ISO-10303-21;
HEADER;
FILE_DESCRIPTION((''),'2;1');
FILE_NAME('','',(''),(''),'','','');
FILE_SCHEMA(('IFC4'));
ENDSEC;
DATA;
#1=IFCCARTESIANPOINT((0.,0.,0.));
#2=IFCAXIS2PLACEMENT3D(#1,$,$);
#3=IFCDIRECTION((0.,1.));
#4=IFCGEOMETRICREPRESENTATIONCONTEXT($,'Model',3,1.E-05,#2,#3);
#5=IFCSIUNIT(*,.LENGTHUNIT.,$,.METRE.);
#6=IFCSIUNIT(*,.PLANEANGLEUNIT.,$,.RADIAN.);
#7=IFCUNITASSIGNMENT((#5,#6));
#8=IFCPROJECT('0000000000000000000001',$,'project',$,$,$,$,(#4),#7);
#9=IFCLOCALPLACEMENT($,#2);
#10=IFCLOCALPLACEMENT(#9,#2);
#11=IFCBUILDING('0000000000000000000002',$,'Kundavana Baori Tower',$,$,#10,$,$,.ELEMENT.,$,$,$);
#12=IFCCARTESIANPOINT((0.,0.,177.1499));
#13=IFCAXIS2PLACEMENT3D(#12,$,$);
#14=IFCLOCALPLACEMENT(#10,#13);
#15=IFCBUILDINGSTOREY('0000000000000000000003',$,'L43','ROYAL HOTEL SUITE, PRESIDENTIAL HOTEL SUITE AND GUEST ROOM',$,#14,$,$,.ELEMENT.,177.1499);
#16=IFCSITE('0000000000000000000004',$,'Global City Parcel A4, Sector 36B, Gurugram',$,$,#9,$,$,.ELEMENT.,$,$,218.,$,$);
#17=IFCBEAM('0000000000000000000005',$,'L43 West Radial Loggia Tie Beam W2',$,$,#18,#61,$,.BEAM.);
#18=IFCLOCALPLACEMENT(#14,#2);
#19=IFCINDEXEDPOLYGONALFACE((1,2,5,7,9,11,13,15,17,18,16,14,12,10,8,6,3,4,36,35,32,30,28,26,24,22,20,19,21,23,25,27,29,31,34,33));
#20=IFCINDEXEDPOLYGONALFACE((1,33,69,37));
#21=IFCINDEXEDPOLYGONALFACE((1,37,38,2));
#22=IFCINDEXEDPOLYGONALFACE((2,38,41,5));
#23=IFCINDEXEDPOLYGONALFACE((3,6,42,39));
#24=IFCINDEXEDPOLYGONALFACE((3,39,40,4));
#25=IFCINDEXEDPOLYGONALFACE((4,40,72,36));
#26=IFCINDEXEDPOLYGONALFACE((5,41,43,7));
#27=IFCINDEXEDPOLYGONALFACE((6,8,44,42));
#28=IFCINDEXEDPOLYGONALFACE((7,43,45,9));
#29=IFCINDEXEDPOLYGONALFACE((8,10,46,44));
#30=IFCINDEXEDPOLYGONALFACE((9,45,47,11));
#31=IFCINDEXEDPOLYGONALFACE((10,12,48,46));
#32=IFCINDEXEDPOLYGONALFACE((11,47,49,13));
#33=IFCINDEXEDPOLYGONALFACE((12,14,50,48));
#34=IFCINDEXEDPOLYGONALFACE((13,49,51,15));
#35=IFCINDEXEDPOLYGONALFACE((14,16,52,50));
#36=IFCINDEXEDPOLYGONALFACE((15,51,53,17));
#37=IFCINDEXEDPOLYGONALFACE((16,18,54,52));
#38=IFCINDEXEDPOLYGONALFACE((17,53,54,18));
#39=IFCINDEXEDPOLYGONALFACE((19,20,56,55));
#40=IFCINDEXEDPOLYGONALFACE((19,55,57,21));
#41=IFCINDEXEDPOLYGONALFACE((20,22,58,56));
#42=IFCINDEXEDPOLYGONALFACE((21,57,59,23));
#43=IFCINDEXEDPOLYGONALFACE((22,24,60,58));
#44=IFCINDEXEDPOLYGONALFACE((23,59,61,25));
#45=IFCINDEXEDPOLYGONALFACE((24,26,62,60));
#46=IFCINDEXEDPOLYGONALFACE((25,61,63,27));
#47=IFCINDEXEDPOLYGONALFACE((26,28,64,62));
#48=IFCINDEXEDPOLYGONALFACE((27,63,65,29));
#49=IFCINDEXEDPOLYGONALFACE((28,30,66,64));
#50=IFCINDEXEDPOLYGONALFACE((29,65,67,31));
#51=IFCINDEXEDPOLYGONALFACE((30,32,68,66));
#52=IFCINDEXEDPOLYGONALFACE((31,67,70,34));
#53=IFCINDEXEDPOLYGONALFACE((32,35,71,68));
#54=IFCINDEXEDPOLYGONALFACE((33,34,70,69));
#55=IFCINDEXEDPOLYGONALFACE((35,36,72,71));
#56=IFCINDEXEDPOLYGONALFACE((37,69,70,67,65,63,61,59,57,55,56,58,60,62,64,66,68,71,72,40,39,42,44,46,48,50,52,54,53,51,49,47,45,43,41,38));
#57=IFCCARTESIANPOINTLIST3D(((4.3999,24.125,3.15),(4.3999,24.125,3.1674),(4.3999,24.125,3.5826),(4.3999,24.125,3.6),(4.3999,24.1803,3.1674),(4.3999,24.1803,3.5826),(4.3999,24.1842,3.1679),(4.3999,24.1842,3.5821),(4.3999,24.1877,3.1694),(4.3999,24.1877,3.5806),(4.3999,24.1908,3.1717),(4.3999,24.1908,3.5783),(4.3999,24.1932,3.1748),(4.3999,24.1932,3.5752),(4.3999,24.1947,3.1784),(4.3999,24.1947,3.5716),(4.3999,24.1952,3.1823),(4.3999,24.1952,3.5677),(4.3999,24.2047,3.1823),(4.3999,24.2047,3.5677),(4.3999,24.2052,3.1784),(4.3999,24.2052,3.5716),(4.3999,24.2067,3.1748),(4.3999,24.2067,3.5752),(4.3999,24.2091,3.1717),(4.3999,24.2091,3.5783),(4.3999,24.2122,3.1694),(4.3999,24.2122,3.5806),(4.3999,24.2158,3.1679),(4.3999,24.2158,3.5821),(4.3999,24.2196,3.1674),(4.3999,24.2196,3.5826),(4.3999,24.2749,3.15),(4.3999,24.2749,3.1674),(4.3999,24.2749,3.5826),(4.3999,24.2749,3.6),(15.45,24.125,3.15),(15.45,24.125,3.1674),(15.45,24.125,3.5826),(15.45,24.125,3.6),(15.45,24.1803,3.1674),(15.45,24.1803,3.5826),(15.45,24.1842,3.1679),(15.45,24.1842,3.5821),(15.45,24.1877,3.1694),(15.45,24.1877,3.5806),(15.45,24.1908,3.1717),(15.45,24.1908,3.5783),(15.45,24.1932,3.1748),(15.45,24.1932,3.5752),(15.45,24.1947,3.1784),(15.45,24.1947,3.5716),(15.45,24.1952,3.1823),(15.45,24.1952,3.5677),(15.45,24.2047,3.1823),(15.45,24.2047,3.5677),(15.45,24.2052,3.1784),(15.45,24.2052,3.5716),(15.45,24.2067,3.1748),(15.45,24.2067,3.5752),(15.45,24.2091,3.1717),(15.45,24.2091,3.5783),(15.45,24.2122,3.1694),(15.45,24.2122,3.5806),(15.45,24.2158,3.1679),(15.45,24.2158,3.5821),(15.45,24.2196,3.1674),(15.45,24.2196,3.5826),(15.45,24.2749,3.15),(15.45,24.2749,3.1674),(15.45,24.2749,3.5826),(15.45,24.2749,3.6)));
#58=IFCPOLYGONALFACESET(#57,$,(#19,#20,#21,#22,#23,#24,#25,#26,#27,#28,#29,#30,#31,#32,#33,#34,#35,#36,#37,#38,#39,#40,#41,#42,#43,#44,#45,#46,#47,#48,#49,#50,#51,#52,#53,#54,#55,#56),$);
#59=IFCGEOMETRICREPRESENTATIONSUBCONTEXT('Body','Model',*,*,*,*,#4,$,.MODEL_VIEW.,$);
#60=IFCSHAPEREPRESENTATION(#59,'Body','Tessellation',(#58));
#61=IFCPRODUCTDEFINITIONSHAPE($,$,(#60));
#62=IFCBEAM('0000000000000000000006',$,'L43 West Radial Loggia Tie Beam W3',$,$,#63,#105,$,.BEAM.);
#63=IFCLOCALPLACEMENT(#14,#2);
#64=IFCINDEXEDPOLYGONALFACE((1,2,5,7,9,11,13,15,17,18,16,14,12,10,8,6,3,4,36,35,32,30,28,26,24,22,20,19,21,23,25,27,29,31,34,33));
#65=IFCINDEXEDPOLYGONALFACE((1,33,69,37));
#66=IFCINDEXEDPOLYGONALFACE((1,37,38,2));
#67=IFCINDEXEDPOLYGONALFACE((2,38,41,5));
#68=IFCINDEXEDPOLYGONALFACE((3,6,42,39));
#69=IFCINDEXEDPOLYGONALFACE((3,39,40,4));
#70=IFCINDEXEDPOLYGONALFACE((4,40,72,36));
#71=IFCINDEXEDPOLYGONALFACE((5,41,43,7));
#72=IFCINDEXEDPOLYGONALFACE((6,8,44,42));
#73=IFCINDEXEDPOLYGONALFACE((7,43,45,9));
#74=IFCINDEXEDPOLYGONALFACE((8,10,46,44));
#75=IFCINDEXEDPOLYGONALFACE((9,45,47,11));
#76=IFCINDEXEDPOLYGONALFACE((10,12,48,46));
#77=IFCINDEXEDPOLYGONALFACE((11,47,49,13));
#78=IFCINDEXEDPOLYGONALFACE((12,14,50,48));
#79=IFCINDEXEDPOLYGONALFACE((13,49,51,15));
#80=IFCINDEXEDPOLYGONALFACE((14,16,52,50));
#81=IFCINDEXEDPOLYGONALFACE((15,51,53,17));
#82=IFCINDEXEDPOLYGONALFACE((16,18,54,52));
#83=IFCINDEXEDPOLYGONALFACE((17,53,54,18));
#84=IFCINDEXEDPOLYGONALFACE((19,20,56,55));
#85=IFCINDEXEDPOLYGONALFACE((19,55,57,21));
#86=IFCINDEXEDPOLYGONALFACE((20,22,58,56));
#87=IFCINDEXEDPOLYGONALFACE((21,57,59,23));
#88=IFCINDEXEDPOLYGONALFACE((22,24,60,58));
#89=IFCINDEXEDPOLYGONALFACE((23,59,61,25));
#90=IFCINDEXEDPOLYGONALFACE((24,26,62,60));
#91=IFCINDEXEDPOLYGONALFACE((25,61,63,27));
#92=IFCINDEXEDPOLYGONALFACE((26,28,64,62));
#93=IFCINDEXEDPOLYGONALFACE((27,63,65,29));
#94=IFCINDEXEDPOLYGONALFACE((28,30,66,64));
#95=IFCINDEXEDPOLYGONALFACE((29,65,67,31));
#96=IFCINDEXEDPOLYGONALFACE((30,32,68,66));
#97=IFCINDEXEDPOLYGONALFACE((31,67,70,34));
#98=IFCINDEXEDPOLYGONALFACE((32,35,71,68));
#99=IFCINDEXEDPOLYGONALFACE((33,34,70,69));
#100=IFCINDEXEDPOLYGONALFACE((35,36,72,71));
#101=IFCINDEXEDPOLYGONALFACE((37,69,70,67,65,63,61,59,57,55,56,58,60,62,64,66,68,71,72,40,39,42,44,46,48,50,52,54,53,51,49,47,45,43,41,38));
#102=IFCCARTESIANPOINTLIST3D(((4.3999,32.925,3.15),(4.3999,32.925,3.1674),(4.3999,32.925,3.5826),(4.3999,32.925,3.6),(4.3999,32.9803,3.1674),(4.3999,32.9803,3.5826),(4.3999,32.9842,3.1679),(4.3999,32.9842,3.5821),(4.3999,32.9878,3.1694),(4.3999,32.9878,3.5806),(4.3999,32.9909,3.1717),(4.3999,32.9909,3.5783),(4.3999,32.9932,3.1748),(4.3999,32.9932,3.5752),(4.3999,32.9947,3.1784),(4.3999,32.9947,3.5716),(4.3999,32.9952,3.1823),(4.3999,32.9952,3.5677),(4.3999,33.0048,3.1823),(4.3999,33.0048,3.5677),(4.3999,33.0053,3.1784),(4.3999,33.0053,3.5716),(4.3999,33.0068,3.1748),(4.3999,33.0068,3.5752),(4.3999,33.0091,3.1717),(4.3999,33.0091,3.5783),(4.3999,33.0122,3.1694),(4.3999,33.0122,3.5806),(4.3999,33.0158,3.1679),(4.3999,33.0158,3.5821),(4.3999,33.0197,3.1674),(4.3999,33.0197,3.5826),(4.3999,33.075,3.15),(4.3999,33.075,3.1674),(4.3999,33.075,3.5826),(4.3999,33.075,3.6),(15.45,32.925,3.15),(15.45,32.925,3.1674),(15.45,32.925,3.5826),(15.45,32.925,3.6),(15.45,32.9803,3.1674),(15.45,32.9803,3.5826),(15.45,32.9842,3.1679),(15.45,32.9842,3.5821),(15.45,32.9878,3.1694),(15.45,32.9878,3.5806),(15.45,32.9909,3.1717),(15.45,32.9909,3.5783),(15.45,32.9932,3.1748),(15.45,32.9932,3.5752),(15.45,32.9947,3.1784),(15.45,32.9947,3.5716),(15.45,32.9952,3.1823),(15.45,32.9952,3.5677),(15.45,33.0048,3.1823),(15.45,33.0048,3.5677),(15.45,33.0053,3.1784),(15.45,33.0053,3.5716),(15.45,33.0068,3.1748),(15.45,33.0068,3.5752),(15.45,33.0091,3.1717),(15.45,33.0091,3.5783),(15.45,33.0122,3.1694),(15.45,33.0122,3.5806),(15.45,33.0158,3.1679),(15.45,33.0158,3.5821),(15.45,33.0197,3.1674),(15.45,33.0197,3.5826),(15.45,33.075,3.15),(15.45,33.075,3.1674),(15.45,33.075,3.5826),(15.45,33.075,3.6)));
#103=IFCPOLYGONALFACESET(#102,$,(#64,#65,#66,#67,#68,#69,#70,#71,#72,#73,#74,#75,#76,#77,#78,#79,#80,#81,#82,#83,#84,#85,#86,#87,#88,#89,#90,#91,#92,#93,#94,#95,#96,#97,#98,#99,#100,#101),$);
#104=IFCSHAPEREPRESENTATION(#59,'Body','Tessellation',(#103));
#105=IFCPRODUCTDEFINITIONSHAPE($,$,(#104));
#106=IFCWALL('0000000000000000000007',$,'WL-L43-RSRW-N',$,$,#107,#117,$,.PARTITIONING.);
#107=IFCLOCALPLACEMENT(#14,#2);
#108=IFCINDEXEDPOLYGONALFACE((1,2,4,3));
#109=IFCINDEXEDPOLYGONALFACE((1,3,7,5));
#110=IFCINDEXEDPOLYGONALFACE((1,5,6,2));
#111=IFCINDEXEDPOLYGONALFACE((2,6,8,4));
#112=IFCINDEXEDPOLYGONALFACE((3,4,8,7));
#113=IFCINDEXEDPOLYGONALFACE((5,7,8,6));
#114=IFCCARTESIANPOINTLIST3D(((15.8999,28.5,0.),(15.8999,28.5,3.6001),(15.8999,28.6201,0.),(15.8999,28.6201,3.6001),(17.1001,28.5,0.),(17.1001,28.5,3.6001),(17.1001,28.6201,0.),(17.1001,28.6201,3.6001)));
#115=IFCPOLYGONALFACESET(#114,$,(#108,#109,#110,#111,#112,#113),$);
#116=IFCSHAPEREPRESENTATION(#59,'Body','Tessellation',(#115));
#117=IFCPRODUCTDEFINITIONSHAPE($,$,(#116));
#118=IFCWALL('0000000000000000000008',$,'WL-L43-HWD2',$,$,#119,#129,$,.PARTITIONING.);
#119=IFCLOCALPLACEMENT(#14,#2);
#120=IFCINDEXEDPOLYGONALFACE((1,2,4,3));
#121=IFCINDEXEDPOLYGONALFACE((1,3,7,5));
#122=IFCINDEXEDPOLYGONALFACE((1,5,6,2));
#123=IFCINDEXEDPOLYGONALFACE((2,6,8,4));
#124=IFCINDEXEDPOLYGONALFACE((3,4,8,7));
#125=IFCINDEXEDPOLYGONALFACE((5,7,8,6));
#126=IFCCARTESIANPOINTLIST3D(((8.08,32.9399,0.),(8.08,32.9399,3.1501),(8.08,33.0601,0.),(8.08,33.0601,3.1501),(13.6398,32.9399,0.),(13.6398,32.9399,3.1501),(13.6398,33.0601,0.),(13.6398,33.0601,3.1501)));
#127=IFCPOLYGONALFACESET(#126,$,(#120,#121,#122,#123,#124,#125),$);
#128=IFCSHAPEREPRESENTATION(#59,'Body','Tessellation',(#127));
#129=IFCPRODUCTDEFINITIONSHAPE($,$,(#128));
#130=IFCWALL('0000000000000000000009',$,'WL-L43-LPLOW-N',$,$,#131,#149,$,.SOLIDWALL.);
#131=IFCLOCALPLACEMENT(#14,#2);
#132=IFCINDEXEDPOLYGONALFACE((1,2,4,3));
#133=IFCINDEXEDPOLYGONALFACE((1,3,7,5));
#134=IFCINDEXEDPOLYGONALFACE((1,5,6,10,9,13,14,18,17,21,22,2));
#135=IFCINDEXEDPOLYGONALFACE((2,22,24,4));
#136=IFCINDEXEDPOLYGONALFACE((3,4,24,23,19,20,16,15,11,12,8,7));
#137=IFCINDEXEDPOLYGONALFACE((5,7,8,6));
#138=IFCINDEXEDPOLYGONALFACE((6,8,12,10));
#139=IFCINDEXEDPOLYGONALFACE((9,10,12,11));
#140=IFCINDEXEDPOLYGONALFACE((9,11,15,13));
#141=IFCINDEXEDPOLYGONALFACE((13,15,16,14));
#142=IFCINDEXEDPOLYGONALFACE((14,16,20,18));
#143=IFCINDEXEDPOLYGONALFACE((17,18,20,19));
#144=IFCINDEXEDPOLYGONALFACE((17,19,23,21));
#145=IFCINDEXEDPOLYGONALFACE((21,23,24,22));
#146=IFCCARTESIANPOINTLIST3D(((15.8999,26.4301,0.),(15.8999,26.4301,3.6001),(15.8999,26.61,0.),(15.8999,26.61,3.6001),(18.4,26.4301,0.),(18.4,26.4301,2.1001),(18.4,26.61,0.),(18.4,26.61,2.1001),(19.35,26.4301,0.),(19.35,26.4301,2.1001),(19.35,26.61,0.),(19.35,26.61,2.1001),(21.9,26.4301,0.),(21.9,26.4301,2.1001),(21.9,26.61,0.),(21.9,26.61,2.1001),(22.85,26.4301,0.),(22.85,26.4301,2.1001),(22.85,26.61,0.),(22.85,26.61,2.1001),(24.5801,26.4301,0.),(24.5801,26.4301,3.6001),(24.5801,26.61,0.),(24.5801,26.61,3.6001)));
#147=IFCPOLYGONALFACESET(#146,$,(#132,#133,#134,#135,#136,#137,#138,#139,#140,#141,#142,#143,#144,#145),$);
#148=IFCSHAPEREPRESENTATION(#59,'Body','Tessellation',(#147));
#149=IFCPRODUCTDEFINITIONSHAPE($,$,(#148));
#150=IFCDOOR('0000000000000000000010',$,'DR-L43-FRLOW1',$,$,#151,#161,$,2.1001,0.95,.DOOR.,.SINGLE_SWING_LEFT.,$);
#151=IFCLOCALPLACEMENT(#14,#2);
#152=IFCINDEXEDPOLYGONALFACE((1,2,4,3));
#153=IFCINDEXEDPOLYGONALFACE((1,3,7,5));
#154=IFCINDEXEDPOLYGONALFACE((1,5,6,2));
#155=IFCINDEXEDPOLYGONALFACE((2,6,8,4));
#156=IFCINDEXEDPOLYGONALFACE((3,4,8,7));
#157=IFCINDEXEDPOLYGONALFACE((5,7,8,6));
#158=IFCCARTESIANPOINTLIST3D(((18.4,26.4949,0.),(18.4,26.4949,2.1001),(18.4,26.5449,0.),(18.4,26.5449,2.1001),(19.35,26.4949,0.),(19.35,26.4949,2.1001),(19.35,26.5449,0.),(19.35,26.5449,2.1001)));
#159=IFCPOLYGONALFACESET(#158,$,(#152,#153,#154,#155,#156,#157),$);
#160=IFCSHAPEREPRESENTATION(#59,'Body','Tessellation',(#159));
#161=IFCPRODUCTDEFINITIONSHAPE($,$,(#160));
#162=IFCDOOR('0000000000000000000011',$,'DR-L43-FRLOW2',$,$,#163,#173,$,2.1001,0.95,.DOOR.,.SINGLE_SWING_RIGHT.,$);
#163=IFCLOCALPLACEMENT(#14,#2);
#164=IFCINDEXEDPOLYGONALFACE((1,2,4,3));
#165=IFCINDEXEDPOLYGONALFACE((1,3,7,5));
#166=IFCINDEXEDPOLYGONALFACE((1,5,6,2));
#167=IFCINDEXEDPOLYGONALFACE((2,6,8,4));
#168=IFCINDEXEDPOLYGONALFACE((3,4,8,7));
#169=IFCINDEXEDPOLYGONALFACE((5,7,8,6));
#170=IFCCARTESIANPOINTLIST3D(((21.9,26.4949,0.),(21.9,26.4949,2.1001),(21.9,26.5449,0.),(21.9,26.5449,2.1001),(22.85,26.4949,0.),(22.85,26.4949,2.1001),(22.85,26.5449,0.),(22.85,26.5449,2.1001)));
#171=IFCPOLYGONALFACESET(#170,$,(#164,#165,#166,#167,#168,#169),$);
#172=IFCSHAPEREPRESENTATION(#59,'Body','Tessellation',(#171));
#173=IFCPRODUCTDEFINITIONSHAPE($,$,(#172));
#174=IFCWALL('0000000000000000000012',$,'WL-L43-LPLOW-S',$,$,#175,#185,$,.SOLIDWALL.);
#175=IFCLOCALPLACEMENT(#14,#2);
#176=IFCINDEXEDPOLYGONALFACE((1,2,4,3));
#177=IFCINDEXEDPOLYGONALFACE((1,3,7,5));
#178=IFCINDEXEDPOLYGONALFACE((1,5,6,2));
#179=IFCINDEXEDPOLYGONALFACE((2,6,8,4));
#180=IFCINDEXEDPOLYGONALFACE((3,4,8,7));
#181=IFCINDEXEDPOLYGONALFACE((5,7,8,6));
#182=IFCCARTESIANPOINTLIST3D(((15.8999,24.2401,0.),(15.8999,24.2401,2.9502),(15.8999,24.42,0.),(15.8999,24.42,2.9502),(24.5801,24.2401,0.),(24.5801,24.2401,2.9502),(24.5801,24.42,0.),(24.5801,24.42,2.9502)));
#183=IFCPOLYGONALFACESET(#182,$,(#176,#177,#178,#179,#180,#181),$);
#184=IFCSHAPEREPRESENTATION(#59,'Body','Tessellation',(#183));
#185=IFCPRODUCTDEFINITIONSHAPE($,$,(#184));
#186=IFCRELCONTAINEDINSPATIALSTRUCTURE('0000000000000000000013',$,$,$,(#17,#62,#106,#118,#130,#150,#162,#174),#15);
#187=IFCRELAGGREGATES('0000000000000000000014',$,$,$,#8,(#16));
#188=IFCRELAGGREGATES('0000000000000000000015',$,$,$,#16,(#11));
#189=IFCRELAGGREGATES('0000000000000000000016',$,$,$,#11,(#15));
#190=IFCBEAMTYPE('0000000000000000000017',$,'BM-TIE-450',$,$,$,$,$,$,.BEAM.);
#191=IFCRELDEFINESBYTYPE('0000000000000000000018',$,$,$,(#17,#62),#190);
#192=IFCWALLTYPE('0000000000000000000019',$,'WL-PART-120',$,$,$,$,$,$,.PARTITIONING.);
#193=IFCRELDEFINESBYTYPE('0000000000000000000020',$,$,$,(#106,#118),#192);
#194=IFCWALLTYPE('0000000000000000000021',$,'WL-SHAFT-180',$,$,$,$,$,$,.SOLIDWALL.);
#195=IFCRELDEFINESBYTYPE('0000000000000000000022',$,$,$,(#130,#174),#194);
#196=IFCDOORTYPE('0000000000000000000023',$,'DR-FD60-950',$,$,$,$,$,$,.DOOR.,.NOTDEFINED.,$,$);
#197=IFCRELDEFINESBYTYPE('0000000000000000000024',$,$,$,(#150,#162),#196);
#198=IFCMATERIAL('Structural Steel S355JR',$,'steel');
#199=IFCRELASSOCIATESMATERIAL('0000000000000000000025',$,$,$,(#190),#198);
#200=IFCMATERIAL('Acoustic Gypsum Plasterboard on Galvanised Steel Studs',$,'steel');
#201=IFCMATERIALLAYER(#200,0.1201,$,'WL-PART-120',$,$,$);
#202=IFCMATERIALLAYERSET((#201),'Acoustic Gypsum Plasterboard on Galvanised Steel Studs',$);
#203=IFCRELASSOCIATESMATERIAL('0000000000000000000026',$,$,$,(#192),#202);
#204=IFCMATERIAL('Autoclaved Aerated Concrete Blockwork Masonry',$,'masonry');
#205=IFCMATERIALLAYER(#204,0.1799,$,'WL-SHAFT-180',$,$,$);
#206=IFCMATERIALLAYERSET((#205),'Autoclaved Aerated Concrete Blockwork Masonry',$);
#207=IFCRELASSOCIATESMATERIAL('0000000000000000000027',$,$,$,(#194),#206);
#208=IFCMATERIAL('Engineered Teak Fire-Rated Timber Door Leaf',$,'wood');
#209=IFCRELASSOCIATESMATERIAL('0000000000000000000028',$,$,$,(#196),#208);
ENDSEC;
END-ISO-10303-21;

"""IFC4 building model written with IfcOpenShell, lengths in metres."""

from ifc_helpers import new_model, si_unit, direction, frame, frame_2d, origin, origin_2d, place, context, subcontext, project, spatial, rectangle, i_section, extrude, material, layer, layer_set, material_profile, profile_set, type_object, element, fill, save


model = new_model("IFC4")

# Units and contexts
model_context = context("Model", 3, precision=1e-05, world=origin(), true_north=direction((0.0, 1.0)))
body_context = subcontext(model_context, "Body", "Model", "MODEL_VIEW")
ifc_project = project(units=[si_unit("LENGTHUNIT", "METRE"), si_unit("PLANEANGLEUNIT", "RADIAN")], contexts=[model_context])

# Site, building, storey
site_placement = place(None, origin())
site = spatial("IfcSite", under=ifc_project, at=site_placement, Name="Global City Parcel A4, Sector 36B, Gurugram", CompositionType="ELEMENT", RefElevation=218.0)
building_placement = place(site_placement, origin())
building = spatial("IfcBuilding", under=site, at=building_placement, Name="Kundavana Baori Tower", CompositionType="ELEMENT")
storey_placement = place(building_placement, frame((0.0, 0.0, 177.1499)))
storey = spatial("IfcBuildingStorey", under=building, at=storey_placement, Name="L43", Description="ROYAL HOTEL SUITE, PRESIDENTIAL HOTEL SUITE AND GUEST ROOM", CompositionType="ELEMENT", Elevation=177.1499)

# Beams
ifc_material_1 = material(Name="Structural Steel S355JR", Category="steel")
ifc_material_profile_1 = material_profile(ifc_material_1, i_section(OverallWidth=0.1499, OverallDepth=0.45, WebThickness=0.0095, FlangeThickness=0.0173, FilletRadius=0.0149, at=origin_2d()), Name="ISMB 450")
ifc_profile_set_1 = profile_set([ifc_material_profile_1], Name="Structural Steel S355JR")
beam_type_1 = type_object("IfcBeamType", Name="BM-TIE-450", PredefinedType="BEAM", material=ifc_profile_set_1)
for number, where, z_axis, x_axis, name in (
    (1, (15.45, 24.2, 3.375), (-1.0, 0.0, 0.0), (0.0, -1.0, 0.0), "L43 West Radial Loggia Tie Beam W2"),
    (2, (15.45, 33.0, 3.375), (-1.0, 0.0, 0.0), (0.0, -1.0, 0.0), "L43 West Radial Loggia Tie Beam W3"),
):
    element("IfcBeam", number, at=place(storey_placement, frame(where, z_axis=z_axis, x_axis=x_axis)), inside=storey, type_object=beam_type_1, Name=name, PredefinedType="BEAM", context=body_context, shape_type="SweptSolid", body=[
        extrude(i_section(OverallWidth=0.1499, OverallDepth=0.45, WebThickness=0.0095, FlangeThickness=0.0173, FilletRadius=0.0149, at=origin_2d()), origin(), (0.0, 0.0, 1.0), 11.05),
    ])

# Walls
ifc_material_2 = material(Name="Acoustic Gypsum Plasterboard on Galvanised Steel Studs", Category="steel")
ifc_layer_1 = layer(ifc_material_2, 0.1201, Name="WL-PART-120")
ifc_layer_set_1 = layer_set([ifc_layer_1], Name="Acoustic Gypsum Plasterboard on Galvanised Steel Studs")
wall_type_1 = type_object("IfcWallType", Name="WL-PART-120", PredefinedType="PARTITIONING", material=ifc_layer_set_1)
wall_1_placement = place(storey_placement, frame((15.8999, 28.5601, 0.0), z_axis=(0.0, 0.0, 1.0), x_axis=(1.0, 0.0, 0.0)))
element("IfcWall", 3, at=wall_1_placement, inside=storey, type_object=wall_type_1, Name="WL-L43-RSRW-N", PredefinedType="PARTITIONING", context=body_context, shape_type="SweptSolid", body=[
    extrude(rectangle(XDim=1.2002, YDim=0.1201, at=frame_2d((0.6001, 0.0))), origin(), (0.0, 0.0, 1.0), 3.6001),
])
wall_2_placement = place(storey_placement, frame((8.0801, 33.0, 0.0), z_axis=(0.0, 0.0, 1.0), x_axis=(1.0, 0.0, 0.0)))
element("IfcWall", 4, at=wall_2_placement, inside=storey, type_object=wall_type_1, Name="WL-L43-HWD2", PredefinedType="PARTITIONING", context=body_context, shape_type="SweptSolid", body=[
    extrude(rectangle(XDim=5.5598, YDim=0.1201, at=frame_2d((2.7798, 0.0))), origin(), (0.0, 0.0, 1.0), 3.1501),
])

# Wall, openings, doors
ifc_material_3 = material(Name="Autoclaved Aerated Concrete Blockwork Masonry", Category="masonry")
ifc_layer_2 = layer(ifc_material_3, 0.1799, Name="WL-SHAFT-180")
ifc_layer_set_2 = layer_set([ifc_layer_2], Name="Autoclaved Aerated Concrete Blockwork Masonry")
wall_type_2 = type_object("IfcWallType", Name="WL-SHAFT-180", PredefinedType="SOLIDWALL", material=ifc_layer_set_2)
wall_3_placement = place(storey_placement, frame((15.8999, 26.52, 0.0), z_axis=(0.0, 0.0, 1.0), x_axis=(1.0, 0.0, 0.0)))
wall_3 = element("IfcWall", 5, at=wall_3_placement, inside=storey, type_object=wall_type_2, Name="WL-L43-LPLOW-N", PredefinedType="SOLIDWALL", context=body_context, shape_type="SweptSolid", body=[
    extrude(rectangle(XDim=8.6802, YDim=0.1799, at=frame_2d((4.3401, 0.0))), origin(), (0.0, 0.0, 1.0), 3.6001),
])
opening_1_placement = place(wall_3_placement, frame((2.5, 0.0, 0.0)))
opening_1 = element("IfcOpeningElement", 6, at=opening_1_placement, cuts=wall_3, PredefinedType="OPENING", context=body_context, shape_type="SweptSolid", body=[
    extrude(rectangle(XDim=0.95, YDim=2.1001, at=frame_2d((0.4751, 1.05))), frame((0.0, 0.1001, 0.0), z_axis=(0.0, -1.0, 0.0), x_axis=(1.0, 0.0, 0.0)), (0.0, 0.0, 1.0), 0.2),
])
opening_2_placement = place(wall_3_placement, frame((6.0, 0.0, 0.0)))
opening_2 = element("IfcOpeningElement", 7, at=opening_2_placement, cuts=wall_3, PredefinedType="OPENING", context=body_context, shape_type="SweptSolid", body=[
    extrude(rectangle(XDim=0.95, YDim=2.1001, at=frame_2d((0.4751, 1.05))), frame((0.0, 0.1001, 0.0), z_axis=(0.0, -1.0, 0.0), x_axis=(1.0, 0.0, 0.0)), (0.0, 0.0, 1.0), 0.2),
])
ifc_material_4 = material(Name="Engineered Teak Fire-Rated Timber Door Leaf", Category="wood")
door_type_1 = type_object("IfcDoorType", Name="DR-FD60-950", OperationType="NOTDEFINED", PredefinedType="DOOR", material=ifc_material_4)
door_1_placement = place(opening_1_placement, origin())
door_1 = element("IfcDoor", 8, at=door_1_placement, inside=storey, type_object=door_type_1, Name="DR-L43-FRLOW1", OperationType="SINGLE_SWING_LEFT", OverallHeight=2.1001, OverallWidth=0.95, PredefinedType="DOOR", context=body_context, shape_type="SweptSolid", body=[
    extrude(rectangle(XDim=0.95, YDim=2.1001, at=frame_2d((0.4751, 1.05))), frame((0.0, 0.0249, 0.0), z_axis=(0.0, -1.0, 0.0), x_axis=(1.0, 0.0, 0.0)), (0.0, 0.0, 1.0), 0.05),
])
fill(opening_1, door_1)
door_2_placement = place(opening_2_placement, origin())
door_2 = element("IfcDoor", 9, at=door_2_placement, inside=storey, type_object=door_type_1, Name="DR-L43-FRLOW2", OperationType="SINGLE_SWING_RIGHT", OverallHeight=2.1001, OverallWidth=0.95, PredefinedType="DOOR", context=body_context, shape_type="SweptSolid", body=[
    extrude(rectangle(XDim=0.95, YDim=2.1001, at=frame_2d((0.4751, 1.05))), frame((0.0, 0.0249, 0.0), z_axis=(0.0, -1.0, 0.0), x_axis=(1.0, 0.0, 0.0)), (0.0, 0.0, 1.0), 0.05),
])
fill(opening_2, door_2)

# Wall
wall_4_placement = place(storey_placement, frame((15.8999, 24.3301, 0.0), z_axis=(0.0, 0.0, 1.0), x_axis=(1.0, 0.0, 0.0)))
element("IfcWall", 10, at=wall_4_placement, inside=storey, type_object=wall_type_2, Name="WL-L43-LPLOW-S", PredefinedType="SOLIDWALL", context=body_context, shape_type="SweptSolid", body=[
    extrude(rectangle(XDim=8.6802, YDim=0.1799, at=frame_2d((4.3401, 0.0))), origin(), (0.0, 0.0, 1.0), 2.9502),
])

save(model, "model.ifc")
